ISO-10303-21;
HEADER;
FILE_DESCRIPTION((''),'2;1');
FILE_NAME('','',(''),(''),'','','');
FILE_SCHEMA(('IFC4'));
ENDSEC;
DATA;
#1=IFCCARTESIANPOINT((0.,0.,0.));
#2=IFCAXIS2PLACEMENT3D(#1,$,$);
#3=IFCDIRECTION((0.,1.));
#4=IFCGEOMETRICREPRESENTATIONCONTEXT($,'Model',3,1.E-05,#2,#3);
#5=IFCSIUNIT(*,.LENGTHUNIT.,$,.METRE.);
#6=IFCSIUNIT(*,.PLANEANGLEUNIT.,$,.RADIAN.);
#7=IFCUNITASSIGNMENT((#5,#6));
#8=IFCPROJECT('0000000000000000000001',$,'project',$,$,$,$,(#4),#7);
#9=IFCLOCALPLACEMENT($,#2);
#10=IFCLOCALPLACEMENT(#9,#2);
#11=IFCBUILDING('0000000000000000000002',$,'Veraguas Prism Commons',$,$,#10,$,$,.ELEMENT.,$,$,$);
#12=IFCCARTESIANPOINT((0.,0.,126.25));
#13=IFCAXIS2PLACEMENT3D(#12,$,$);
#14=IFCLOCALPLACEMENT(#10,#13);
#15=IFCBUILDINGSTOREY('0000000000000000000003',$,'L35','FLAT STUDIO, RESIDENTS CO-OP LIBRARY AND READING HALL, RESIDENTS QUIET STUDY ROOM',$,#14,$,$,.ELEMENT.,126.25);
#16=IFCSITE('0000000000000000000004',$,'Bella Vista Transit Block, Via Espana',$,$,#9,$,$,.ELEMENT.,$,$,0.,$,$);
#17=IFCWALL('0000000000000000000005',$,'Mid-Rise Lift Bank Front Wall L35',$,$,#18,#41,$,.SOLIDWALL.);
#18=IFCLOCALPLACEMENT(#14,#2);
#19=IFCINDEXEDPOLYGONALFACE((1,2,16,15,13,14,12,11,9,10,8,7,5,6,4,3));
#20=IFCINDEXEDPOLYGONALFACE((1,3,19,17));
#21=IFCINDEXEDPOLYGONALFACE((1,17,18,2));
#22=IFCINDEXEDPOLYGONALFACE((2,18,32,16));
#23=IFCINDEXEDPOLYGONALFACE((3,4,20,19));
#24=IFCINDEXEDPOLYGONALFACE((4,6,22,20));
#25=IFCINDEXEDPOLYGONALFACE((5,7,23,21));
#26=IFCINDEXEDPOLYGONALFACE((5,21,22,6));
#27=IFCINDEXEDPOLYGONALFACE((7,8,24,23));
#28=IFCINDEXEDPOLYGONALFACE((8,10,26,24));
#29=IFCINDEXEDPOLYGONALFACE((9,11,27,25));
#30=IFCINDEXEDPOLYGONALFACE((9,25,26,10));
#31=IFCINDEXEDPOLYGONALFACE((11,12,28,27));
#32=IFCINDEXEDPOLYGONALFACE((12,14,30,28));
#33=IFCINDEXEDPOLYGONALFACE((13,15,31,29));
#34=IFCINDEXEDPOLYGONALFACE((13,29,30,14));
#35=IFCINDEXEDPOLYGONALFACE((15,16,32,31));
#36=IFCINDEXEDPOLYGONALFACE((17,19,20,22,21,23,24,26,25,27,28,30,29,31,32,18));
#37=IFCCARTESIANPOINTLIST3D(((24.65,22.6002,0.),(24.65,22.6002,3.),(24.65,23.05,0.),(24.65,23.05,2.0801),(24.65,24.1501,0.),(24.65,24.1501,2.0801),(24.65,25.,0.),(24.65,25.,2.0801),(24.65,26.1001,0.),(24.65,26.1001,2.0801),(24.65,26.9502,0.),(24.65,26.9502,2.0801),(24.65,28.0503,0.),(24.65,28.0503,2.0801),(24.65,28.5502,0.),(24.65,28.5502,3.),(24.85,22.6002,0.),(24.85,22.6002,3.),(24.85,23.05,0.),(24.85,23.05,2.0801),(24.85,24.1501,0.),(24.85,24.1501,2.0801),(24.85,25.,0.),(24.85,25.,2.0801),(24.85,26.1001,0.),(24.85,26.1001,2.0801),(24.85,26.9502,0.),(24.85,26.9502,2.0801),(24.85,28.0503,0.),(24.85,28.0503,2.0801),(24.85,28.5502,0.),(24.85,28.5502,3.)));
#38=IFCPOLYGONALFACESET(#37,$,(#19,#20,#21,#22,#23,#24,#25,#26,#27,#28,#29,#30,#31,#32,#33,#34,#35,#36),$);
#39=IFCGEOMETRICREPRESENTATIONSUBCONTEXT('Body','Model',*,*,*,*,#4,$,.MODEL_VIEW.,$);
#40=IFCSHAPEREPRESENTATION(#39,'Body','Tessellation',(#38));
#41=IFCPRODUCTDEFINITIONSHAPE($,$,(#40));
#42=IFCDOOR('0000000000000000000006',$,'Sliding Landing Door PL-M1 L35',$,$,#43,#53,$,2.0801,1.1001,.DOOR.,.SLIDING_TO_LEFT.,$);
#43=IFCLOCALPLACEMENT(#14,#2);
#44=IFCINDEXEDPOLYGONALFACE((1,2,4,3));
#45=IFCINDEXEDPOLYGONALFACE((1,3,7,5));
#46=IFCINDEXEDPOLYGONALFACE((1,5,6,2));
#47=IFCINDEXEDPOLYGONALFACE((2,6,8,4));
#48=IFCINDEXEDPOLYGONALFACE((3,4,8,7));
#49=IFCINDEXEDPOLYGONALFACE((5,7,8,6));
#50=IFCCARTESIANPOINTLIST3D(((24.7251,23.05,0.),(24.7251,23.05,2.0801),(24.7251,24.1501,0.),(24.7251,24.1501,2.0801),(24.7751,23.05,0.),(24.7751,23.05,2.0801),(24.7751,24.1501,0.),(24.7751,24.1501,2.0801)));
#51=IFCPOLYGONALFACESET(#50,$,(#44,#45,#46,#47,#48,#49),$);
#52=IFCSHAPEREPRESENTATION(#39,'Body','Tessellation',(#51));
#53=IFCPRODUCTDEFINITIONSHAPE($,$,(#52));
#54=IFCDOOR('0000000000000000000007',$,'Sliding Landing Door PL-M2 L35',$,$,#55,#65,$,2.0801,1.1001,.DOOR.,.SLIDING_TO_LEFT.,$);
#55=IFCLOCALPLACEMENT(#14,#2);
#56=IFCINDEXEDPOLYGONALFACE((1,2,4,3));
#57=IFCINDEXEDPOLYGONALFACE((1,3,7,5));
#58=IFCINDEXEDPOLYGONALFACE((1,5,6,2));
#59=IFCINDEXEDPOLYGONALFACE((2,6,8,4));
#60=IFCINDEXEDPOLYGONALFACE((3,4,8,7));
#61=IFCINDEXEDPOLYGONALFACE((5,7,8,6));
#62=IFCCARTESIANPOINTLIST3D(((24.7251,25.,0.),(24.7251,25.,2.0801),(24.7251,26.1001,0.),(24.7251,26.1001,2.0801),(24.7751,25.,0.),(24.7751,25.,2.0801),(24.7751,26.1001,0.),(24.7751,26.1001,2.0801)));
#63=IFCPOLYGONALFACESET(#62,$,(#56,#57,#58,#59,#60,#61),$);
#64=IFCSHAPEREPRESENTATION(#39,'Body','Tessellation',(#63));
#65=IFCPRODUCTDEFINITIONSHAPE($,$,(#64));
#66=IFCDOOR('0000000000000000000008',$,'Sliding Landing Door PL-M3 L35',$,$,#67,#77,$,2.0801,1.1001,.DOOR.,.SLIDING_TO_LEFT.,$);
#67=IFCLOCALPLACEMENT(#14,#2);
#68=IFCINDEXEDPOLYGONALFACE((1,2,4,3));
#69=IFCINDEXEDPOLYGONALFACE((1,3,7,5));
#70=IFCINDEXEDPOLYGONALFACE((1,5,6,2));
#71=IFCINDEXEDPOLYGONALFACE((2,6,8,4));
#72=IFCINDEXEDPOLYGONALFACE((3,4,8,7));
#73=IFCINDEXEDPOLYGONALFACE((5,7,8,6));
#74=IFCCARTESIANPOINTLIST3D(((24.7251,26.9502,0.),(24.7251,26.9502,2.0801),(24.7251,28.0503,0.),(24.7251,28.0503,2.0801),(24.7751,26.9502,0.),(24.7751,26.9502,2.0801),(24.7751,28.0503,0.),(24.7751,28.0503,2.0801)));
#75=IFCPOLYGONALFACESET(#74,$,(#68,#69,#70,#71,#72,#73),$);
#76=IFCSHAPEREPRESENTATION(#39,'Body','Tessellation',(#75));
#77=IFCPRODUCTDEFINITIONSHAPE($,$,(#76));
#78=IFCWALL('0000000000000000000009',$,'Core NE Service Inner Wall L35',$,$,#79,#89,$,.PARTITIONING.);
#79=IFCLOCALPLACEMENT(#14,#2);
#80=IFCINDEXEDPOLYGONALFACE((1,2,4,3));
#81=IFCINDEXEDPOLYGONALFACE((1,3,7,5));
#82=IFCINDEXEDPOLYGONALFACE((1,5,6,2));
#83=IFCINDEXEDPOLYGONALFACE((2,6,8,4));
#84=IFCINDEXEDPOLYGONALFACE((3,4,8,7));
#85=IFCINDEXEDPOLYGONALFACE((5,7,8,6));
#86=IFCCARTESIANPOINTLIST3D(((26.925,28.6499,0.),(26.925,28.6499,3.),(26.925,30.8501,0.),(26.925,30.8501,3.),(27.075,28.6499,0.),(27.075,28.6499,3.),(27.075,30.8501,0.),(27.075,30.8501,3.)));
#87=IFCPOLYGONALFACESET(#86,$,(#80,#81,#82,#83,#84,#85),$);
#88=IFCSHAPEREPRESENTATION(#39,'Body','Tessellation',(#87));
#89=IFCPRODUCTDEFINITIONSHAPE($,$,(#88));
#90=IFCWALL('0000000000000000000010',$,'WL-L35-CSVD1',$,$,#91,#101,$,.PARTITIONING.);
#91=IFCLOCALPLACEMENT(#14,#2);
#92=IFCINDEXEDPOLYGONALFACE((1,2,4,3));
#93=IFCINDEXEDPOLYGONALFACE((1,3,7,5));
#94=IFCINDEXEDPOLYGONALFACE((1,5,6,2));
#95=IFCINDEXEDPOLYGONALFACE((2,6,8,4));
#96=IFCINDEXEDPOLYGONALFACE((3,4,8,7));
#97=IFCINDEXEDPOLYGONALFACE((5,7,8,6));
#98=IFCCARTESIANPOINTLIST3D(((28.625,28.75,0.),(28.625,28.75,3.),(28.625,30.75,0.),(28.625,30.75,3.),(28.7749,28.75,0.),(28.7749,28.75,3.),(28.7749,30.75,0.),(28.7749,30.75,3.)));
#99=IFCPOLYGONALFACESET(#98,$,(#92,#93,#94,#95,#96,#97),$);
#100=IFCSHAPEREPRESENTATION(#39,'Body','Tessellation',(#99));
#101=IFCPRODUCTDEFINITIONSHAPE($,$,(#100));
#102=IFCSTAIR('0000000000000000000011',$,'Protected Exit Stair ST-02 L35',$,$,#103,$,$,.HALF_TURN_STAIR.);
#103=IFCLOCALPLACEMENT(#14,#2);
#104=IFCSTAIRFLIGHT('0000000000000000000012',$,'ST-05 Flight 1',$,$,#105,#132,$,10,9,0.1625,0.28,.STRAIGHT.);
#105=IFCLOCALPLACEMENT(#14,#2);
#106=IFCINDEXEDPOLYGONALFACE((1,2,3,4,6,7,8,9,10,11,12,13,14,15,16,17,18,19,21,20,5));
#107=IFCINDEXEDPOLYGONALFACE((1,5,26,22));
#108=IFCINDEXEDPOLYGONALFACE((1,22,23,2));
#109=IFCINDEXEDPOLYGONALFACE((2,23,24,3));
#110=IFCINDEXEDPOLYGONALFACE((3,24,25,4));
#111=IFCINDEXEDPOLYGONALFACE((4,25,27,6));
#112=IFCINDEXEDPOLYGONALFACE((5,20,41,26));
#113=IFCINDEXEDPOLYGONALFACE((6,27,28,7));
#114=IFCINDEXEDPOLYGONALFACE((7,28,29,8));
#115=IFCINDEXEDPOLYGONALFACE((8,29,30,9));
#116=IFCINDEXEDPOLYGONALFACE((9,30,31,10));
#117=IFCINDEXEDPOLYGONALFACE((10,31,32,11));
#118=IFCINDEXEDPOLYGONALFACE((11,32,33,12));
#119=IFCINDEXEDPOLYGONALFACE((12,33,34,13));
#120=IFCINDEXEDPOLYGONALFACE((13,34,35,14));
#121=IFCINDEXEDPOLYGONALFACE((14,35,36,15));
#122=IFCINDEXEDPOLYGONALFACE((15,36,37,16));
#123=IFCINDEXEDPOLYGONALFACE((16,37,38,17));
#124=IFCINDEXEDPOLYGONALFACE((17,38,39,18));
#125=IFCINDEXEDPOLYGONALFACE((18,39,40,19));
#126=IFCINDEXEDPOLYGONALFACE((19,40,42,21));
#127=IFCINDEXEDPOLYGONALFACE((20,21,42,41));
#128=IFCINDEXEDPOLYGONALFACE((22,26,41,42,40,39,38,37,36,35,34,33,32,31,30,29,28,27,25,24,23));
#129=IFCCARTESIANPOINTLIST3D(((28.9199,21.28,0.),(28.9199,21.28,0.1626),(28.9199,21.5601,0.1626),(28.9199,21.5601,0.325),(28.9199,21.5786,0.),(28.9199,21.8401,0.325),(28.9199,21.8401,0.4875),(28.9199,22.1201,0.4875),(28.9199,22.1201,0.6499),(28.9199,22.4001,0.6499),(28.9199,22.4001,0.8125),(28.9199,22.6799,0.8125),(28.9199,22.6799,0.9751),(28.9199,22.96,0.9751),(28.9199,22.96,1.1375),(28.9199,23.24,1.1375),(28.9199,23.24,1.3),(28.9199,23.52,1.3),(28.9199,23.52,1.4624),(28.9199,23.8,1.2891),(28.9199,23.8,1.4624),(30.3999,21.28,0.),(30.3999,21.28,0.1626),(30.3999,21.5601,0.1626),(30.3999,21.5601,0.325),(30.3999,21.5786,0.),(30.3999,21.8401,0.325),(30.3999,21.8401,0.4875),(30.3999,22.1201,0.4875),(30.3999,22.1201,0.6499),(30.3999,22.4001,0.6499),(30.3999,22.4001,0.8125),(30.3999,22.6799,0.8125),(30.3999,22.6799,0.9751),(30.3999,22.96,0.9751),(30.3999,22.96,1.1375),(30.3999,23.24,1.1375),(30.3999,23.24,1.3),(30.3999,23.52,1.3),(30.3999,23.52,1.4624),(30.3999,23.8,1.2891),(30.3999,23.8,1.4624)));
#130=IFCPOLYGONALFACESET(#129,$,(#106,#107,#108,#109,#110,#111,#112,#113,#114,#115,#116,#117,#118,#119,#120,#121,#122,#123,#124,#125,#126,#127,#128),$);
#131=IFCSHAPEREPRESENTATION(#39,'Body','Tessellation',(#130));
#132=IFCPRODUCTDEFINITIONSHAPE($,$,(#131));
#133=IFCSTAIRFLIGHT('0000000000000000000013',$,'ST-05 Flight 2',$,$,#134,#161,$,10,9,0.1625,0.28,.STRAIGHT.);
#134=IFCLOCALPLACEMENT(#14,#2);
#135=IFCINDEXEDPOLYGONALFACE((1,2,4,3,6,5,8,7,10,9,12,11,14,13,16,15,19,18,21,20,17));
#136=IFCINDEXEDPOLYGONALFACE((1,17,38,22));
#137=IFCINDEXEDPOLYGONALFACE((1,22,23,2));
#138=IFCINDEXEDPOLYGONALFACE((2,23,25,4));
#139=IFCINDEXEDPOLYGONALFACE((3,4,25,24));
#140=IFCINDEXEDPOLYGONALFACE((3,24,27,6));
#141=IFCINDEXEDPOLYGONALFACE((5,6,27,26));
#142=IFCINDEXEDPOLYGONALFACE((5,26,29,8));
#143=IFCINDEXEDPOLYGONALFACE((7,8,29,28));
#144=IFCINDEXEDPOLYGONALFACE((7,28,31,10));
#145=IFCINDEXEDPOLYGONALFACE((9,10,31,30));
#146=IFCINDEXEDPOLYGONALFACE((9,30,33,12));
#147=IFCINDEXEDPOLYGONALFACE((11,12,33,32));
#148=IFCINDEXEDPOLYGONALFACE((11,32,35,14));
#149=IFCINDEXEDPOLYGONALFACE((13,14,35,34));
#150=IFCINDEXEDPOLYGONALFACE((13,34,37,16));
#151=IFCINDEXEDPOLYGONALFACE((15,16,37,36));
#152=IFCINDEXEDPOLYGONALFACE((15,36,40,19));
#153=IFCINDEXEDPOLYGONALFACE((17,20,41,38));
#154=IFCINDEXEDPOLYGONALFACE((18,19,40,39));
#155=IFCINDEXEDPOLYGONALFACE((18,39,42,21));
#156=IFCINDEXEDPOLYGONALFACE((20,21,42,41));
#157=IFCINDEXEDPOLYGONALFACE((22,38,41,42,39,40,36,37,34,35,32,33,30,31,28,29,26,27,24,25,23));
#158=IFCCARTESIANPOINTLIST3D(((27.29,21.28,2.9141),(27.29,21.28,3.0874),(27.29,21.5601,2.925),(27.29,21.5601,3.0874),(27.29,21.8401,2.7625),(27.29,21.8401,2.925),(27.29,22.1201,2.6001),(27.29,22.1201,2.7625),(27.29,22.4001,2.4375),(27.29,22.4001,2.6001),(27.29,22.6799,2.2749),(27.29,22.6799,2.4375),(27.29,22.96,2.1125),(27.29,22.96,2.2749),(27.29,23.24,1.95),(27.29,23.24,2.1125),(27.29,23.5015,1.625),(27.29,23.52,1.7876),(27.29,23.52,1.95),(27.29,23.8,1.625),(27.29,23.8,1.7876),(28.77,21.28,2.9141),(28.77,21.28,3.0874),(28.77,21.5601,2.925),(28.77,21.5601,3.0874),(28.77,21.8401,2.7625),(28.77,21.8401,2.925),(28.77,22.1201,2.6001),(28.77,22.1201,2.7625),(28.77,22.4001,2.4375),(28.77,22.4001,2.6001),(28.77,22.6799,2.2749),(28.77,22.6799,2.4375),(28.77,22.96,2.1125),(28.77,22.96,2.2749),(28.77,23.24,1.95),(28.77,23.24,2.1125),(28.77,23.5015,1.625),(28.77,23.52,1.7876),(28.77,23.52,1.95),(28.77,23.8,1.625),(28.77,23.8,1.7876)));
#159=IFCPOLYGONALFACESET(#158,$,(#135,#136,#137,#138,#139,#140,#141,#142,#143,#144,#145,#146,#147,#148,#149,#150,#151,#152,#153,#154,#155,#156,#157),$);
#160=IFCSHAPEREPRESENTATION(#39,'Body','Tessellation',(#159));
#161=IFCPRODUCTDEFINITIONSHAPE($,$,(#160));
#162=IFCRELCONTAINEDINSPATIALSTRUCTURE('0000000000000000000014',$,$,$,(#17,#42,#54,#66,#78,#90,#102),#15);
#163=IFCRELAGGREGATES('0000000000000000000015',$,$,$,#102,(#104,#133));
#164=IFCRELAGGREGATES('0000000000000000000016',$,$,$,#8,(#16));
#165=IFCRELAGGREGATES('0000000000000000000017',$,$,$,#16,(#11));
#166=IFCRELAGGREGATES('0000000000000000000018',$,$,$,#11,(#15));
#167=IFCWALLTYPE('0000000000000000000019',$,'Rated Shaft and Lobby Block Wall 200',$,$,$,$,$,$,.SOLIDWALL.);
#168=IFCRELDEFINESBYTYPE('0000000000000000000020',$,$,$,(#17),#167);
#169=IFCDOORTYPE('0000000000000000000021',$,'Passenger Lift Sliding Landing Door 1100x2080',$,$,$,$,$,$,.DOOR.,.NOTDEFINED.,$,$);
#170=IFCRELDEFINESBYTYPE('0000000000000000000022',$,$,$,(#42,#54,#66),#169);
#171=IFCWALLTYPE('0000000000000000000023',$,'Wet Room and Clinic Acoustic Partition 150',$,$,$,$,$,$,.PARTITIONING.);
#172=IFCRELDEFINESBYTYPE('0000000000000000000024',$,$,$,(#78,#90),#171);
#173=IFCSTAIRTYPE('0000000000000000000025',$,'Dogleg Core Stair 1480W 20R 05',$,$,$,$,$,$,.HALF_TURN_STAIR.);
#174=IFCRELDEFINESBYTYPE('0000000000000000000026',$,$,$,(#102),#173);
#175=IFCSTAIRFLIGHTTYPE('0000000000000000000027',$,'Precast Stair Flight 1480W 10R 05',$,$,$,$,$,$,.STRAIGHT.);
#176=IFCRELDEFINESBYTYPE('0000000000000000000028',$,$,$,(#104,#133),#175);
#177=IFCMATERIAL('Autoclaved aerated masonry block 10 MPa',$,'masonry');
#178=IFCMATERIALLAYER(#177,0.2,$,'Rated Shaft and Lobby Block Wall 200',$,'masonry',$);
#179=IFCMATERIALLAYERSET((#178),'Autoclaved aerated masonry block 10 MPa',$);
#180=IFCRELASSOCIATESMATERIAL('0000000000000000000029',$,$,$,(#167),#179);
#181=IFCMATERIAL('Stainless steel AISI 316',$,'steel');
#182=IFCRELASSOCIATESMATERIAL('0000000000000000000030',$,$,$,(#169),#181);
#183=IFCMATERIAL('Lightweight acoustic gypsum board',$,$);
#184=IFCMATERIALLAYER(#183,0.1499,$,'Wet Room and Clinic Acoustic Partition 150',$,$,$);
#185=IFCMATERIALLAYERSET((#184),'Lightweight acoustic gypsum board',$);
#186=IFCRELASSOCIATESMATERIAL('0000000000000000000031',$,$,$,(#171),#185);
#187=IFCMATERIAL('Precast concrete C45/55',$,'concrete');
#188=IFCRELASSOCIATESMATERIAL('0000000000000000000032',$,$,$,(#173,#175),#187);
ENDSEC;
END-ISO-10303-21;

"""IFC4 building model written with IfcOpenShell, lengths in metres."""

from ifc_helpers import new_model, si_unit, direction, frame, frame_2d, origin, place, context, subcontext, project, spatial, polyline, rectangle, outline, extrude, source, transform, mapped, material, layer, layer_set, type_object, element, fill, aggregate, save


model = new_model("IFC4")

# Units and contexts
model_context = context("Model", 3, precision=1e-05, world=origin(), true_north=direction((0.0, 1.0)))
body_context = subcontext(model_context, "Body", "Model", "MODEL_VIEW")
ifc_project = project(units=[si_unit("LENGTHUNIT", "METRE"), si_unit("PLANEANGLEUNIT", "RADIAN")], contexts=[model_context])

# Site, building, storey
site_placement = place(None, origin())
site = spatial("IfcSite", under=ifc_project, at=site_placement, Name="Bella Vista Transit Block, Via Espana", CompositionType="ELEMENT", RefElevation=0.0)
building_placement = place(site_placement, origin())
building = spatial("IfcBuilding", under=site, at=building_placement, Name="Veraguas Prism Commons", CompositionType="ELEMENT")
storey_placement = place(building_placement, frame((0.0, 0.0, 126.25)))
storey = spatial("IfcBuildingStorey", under=building, at=storey_placement, Name="L35", Description="FLAT STUDIO, RESIDENTS CO-OP LIBRARY AND READING HALL, RESIDENTS QUIET STUDY ROOM", CompositionType="ELEMENT", Elevation=126.25)

# Shared definitions
ifc_material_1 = material(Name="Autoclaved aerated masonry block 10 MPa", Category="masonry")

# Shared definitions
ifc_material_2 = material(Name="Lightweight acoustic gypsum board")
ifc_layer_1 = layer(ifc_material_1, 0.2, Name="Rated Shaft and Lobby Block Wall 200", Category="masonry")
ifc_layer_set_1 = layer_set([ifc_layer_1], Name="Autoclaved aerated masonry block 10 MPa")
wall_type_1 = type_object("IfcWallType", Name="Rated Shaft and Lobby Block Wall 200", PredefinedType="SOLIDWALL", material=ifc_layer_set_1)

# Wall, openings, doors
wall_1_placement = place(storey_placement, frame((24.75, 22.6001, 0.0), z_axis=(0.0, 0.0, 1.0), x_axis=(0.0, 1.0, 0.0)))
wall_1 = element("IfcWall", 1, at=wall_1_placement, inside=storey, type_object=wall_type_1, Name="Mid-Rise Lift Bank Front Wall L35", PredefinedType="SOLIDWALL", context=body_context, shape_type="SweptSolid", body=[
    extrude(rectangle(XDim=5.95, YDim=0.2, at=frame_2d((2.9751, 0.0))), origin(), (0.0, 0.0, 1.0), 3.0),
])
opening_1_placement = place(wall_1_placement, frame((0.45, 0.0, 0.0)))
opening_1 = element("IfcOpeningElement", 2, at=opening_1_placement, cuts=wall_1, PredefinedType="OPENING", context=body_context, shape_type="SweptSolid", body=[
    extrude(rectangle(XDim=1.1001, YDim=2.0801, at=frame_2d((0.55, 1.04))), frame((0.0, 0.1099, 0.0), z_axis=(0.0, -1.0, 0.0), x_axis=(1.0, 0.0, 0.0)), (0.0, 0.0, 1.0), 0.22),
])
opening_2_placement = place(wall_1_placement, frame((2.3999, 0.0, 0.0)))
opening_2 = element("IfcOpeningElement", 3, at=opening_2_placement, cuts=wall_1, PredefinedType="OPENING", context=body_context, shape_type="SweptSolid", body=[
    extrude(rectangle(XDim=1.1001, YDim=2.0801, at=frame_2d((0.55, 1.04))), frame((0.0, 0.1099, 0.0), z_axis=(0.0, -1.0, 0.0), x_axis=(1.0, 0.0, 0.0)), (0.0, 0.0, 1.0), 0.22),
])
opening_3_placement = place(wall_1_placement, frame((4.3501, 0.0, 0.0)))
opening_3 = element("IfcOpeningElement", 4, at=opening_3_placement, cuts=wall_1, PredefinedType="OPENING", context=body_context, shape_type="SweptSolid", body=[
    extrude(rectangle(XDim=1.1001, YDim=2.0801, at=frame_2d((0.55, 1.04))), frame((0.0, 0.1099, 0.0), z_axis=(0.0, -1.0, 0.0), x_axis=(1.0, 0.0, 0.0)), (0.0, 0.0, 1.0), 0.22),
])
ifc_material_3 = material(Name="Stainless steel AISI 316", Category="steel")
door_type_1 = type_object("IfcDoorType", Name="Passenger Lift Sliding Landing Door 1100x2080", OperationType="NOTDEFINED", PredefinedType="DOOR", material=ifc_material_3)
shared_shape_1 = source(origin(), body_context, "Body", "SweptSolid", [
    extrude(rectangle(XDim=1.1001, YDim=2.0801, at=frame_2d((0.55, 1.04))), frame((0.0, 0.0249, 0.0), z_axis=(0.0, -1.0, 0.0), x_axis=(1.0, 0.0, 0.0)), (0.0, 0.0, 1.0), 0.05),
])
door_1_placement = place(opening_1_placement, origin())
door_1 = element("IfcDoor", 5, at=door_1_placement, inside=storey, type_object=door_type_1, Name="Sliding Landing Door PL-M1 L35", OperationType="SLIDING_TO_LEFT", OverallHeight=2.0801, OverallWidth=1.1001, PredefinedType="DOOR", context=body_context, shape_type="MappedRepresentation", body=[
    mapped(shared_shape_1, transform((0.0, 0.0, 0.0), scale=1.0)),
])
fill(opening_1, door_1)
door_2_placement = place(opening_2_placement, origin())
door_2 = element("IfcDoor", 6, at=door_2_placement, inside=storey, type_object=door_type_1, Name="Sliding Landing Door PL-M2 L35", OperationType="SLIDING_TO_LEFT", OverallHeight=2.0801, OverallWidth=1.1001, PredefinedType="DOOR", context=body_context, shape_type="MappedRepresentation", body=[
    mapped(shared_shape_1, transform((0.0, 0.0, 0.0), scale=1.0)),
])
fill(opening_2, door_2)
door_3_placement = place(opening_3_placement, origin())
door_3 = element("IfcDoor", 7, at=door_3_placement, inside=storey, type_object=door_type_1, Name="Sliding Landing Door PL-M3 L35", OperationType="SLIDING_TO_LEFT", OverallHeight=2.0801, OverallWidth=1.1001, PredefinedType="DOOR", context=body_context, shape_type="MappedRepresentation", body=[
    mapped(shared_shape_1, transform((0.0, 0.0, 0.0), scale=1.0)),
])
fill(opening_3, door_3)

# Walls
ifc_layer_2 = layer(ifc_material_2, 0.1499, Name="Wet Room and Clinic Acoustic Partition 150")
ifc_layer_set_2 = layer_set([ifc_layer_2], Name="Lightweight acoustic gypsum board")
wall_type_2 = type_object("IfcWallType", Name="Wet Room and Clinic Acoustic Partition 150", PredefinedType="PARTITIONING", material=ifc_layer_set_2)
wall_2_placement = place(storey_placement, frame((27.0, 28.6499, 0.0), z_axis=(0.0, 0.0, 1.0), x_axis=(0.0, 1.0, 0.0)))
element("IfcWall", 8, at=wall_2_placement, inside=storey, type_object=wall_type_2, Name="Core NE Service Inner Wall L35", PredefinedType="PARTITIONING", context=body_context, shape_type="SweptSolid", body=[
    extrude(rectangle(XDim=2.2002, YDim=0.1499, at=frame_2d((1.1001, 0.0))), origin(), (0.0, 0.0, 1.0), 3.0),
])
wall_3_placement = place(storey_placement, frame((28.7, 28.75, 0.0), z_axis=(0.0, 0.0, 1.0), x_axis=(0.0, 1.0, 0.0)))
element("IfcWall", 9, at=wall_3_placement, inside=storey, type_object=wall_type_2, Name="WL-L35-CSVD1", PredefinedType="PARTITIONING", context=body_context, shape_type="SweptSolid", body=[
    extrude(rectangle(XDim=2.0, YDim=0.1499, at=frame_2d((1.0, 0.0))), origin(), (0.0, 0.0, 1.0), 3.0),
])

# Stair, stair flights
ifc_material_4 = material(Name="Precast concrete C45/55", Category="concrete")
stair_type = type_object("IfcStairType", Name="Dogleg Core Stair 1480W 20R 05", PredefinedType="HALF_TURN_STAIR", material=ifc_material_4)
stair_placement = place(storey_placement, origin())
stair = element("IfcStair", 10, at=stair_placement, inside=storey, type_object=stair_type, Name="Protected Exit Stair ST-02 L35", PredefinedType="HALF_TURN_STAIR")
stair_flight_type = type_object("IfcStairFlightType", Name="Precast Stair Flight 1480W 10R 05", PredefinedType="STRAIGHT", material=ifc_material_4)
stair_flight_1_placement = place(storey_placement, frame((29.6599, 21.28, 0.0), z_axis=(0.0, 0.0, 1.0), x_axis=(0.0, 1.0, 0.0)))
stair_flight_1 = element("IfcStairFlight", 11, at=stair_flight_1_placement, type_object=stair_flight_type, Name="ST-05 Flight 1", NumberOfRisers=10, NumberOfTreads=9, PredefinedType="STRAIGHT", RiserHeight=0.1625, TreadLength=0.28, context=body_context, shape_type="SweptSolid", body=[
    extrude(outline(polyline([(0.0, 0.0), (0.0, 0.1626), (0.28, 0.1626), (0.28, 0.325), (0.5601, 0.325), (0.5601, 0.4875), (0.8401, 0.4875), (0.8401, 0.6499), (1.1201, 0.6499), (1.1201, 0.8125), (1.3999, 0.8125), (1.3999, 0.9751), (1.6799, 0.9751), (1.6799, 1.1375), (1.96, 1.1375), (1.96, 1.3), (2.24, 1.3), (2.24, 1.4624), (2.52, 1.4624), (2.52, 1.625), (2.52, 1.2891), (0.2986, 0.0), (0.0, 0.0)])), frame((0.0, 0.74, 0.0), z_axis=(0.0, -1.0, 0.0), x_axis=(1.0, 0.0, 0.0)), (0.0, 0.0, 1.0), 1.48),
])
stair_flight_2_placement = place(storey_placement, frame((28.03, 23.8, 1.625), z_axis=(0.0, 0.0, 1.0), x_axis=(0.0, -1.0, 0.0)))
stair_flight_2 = element("IfcStairFlight", 12, at=stair_flight_2_placement, type_object=stair_flight_type, Name="ST-05 Flight 2", NumberOfRisers=10, NumberOfTreads=9, PredefinedType="STRAIGHT", RiserHeight=0.1625, TreadLength=0.28, context=body_context, shape_type="SweptSolid", body=[
    extrude(outline(polyline([(0.0, 0.0), (0.0, 0.1626), (0.28, 0.1626), (0.28, 0.325), (0.5601, 0.325), (0.5601, 0.4875), (0.8401, 0.4875), (0.8401, 0.6499), (1.1201, 0.6499), (1.1201, 0.8125), (1.3999, 0.8125), (1.3999, 0.9751), (1.6799, 0.9751), (1.6799, 1.1375), (1.96, 1.1375), (1.96, 1.3), (2.24, 1.3), (2.24, 1.4624), (2.52, 1.4624), (2.52, 1.625), (2.52, 1.2891), (0.2986, 0.0), (0.0, 0.0)])), frame((0.0, 0.74, 0.0), z_axis=(0.0, -1.0, 0.0), x_axis=(1.0, 0.0, 0.0)), (0.0, 0.0, 1.0), 1.48),
])
aggregate(stair, [stair_flight_1, stair_flight_2])

save(model, "model.ifc")
